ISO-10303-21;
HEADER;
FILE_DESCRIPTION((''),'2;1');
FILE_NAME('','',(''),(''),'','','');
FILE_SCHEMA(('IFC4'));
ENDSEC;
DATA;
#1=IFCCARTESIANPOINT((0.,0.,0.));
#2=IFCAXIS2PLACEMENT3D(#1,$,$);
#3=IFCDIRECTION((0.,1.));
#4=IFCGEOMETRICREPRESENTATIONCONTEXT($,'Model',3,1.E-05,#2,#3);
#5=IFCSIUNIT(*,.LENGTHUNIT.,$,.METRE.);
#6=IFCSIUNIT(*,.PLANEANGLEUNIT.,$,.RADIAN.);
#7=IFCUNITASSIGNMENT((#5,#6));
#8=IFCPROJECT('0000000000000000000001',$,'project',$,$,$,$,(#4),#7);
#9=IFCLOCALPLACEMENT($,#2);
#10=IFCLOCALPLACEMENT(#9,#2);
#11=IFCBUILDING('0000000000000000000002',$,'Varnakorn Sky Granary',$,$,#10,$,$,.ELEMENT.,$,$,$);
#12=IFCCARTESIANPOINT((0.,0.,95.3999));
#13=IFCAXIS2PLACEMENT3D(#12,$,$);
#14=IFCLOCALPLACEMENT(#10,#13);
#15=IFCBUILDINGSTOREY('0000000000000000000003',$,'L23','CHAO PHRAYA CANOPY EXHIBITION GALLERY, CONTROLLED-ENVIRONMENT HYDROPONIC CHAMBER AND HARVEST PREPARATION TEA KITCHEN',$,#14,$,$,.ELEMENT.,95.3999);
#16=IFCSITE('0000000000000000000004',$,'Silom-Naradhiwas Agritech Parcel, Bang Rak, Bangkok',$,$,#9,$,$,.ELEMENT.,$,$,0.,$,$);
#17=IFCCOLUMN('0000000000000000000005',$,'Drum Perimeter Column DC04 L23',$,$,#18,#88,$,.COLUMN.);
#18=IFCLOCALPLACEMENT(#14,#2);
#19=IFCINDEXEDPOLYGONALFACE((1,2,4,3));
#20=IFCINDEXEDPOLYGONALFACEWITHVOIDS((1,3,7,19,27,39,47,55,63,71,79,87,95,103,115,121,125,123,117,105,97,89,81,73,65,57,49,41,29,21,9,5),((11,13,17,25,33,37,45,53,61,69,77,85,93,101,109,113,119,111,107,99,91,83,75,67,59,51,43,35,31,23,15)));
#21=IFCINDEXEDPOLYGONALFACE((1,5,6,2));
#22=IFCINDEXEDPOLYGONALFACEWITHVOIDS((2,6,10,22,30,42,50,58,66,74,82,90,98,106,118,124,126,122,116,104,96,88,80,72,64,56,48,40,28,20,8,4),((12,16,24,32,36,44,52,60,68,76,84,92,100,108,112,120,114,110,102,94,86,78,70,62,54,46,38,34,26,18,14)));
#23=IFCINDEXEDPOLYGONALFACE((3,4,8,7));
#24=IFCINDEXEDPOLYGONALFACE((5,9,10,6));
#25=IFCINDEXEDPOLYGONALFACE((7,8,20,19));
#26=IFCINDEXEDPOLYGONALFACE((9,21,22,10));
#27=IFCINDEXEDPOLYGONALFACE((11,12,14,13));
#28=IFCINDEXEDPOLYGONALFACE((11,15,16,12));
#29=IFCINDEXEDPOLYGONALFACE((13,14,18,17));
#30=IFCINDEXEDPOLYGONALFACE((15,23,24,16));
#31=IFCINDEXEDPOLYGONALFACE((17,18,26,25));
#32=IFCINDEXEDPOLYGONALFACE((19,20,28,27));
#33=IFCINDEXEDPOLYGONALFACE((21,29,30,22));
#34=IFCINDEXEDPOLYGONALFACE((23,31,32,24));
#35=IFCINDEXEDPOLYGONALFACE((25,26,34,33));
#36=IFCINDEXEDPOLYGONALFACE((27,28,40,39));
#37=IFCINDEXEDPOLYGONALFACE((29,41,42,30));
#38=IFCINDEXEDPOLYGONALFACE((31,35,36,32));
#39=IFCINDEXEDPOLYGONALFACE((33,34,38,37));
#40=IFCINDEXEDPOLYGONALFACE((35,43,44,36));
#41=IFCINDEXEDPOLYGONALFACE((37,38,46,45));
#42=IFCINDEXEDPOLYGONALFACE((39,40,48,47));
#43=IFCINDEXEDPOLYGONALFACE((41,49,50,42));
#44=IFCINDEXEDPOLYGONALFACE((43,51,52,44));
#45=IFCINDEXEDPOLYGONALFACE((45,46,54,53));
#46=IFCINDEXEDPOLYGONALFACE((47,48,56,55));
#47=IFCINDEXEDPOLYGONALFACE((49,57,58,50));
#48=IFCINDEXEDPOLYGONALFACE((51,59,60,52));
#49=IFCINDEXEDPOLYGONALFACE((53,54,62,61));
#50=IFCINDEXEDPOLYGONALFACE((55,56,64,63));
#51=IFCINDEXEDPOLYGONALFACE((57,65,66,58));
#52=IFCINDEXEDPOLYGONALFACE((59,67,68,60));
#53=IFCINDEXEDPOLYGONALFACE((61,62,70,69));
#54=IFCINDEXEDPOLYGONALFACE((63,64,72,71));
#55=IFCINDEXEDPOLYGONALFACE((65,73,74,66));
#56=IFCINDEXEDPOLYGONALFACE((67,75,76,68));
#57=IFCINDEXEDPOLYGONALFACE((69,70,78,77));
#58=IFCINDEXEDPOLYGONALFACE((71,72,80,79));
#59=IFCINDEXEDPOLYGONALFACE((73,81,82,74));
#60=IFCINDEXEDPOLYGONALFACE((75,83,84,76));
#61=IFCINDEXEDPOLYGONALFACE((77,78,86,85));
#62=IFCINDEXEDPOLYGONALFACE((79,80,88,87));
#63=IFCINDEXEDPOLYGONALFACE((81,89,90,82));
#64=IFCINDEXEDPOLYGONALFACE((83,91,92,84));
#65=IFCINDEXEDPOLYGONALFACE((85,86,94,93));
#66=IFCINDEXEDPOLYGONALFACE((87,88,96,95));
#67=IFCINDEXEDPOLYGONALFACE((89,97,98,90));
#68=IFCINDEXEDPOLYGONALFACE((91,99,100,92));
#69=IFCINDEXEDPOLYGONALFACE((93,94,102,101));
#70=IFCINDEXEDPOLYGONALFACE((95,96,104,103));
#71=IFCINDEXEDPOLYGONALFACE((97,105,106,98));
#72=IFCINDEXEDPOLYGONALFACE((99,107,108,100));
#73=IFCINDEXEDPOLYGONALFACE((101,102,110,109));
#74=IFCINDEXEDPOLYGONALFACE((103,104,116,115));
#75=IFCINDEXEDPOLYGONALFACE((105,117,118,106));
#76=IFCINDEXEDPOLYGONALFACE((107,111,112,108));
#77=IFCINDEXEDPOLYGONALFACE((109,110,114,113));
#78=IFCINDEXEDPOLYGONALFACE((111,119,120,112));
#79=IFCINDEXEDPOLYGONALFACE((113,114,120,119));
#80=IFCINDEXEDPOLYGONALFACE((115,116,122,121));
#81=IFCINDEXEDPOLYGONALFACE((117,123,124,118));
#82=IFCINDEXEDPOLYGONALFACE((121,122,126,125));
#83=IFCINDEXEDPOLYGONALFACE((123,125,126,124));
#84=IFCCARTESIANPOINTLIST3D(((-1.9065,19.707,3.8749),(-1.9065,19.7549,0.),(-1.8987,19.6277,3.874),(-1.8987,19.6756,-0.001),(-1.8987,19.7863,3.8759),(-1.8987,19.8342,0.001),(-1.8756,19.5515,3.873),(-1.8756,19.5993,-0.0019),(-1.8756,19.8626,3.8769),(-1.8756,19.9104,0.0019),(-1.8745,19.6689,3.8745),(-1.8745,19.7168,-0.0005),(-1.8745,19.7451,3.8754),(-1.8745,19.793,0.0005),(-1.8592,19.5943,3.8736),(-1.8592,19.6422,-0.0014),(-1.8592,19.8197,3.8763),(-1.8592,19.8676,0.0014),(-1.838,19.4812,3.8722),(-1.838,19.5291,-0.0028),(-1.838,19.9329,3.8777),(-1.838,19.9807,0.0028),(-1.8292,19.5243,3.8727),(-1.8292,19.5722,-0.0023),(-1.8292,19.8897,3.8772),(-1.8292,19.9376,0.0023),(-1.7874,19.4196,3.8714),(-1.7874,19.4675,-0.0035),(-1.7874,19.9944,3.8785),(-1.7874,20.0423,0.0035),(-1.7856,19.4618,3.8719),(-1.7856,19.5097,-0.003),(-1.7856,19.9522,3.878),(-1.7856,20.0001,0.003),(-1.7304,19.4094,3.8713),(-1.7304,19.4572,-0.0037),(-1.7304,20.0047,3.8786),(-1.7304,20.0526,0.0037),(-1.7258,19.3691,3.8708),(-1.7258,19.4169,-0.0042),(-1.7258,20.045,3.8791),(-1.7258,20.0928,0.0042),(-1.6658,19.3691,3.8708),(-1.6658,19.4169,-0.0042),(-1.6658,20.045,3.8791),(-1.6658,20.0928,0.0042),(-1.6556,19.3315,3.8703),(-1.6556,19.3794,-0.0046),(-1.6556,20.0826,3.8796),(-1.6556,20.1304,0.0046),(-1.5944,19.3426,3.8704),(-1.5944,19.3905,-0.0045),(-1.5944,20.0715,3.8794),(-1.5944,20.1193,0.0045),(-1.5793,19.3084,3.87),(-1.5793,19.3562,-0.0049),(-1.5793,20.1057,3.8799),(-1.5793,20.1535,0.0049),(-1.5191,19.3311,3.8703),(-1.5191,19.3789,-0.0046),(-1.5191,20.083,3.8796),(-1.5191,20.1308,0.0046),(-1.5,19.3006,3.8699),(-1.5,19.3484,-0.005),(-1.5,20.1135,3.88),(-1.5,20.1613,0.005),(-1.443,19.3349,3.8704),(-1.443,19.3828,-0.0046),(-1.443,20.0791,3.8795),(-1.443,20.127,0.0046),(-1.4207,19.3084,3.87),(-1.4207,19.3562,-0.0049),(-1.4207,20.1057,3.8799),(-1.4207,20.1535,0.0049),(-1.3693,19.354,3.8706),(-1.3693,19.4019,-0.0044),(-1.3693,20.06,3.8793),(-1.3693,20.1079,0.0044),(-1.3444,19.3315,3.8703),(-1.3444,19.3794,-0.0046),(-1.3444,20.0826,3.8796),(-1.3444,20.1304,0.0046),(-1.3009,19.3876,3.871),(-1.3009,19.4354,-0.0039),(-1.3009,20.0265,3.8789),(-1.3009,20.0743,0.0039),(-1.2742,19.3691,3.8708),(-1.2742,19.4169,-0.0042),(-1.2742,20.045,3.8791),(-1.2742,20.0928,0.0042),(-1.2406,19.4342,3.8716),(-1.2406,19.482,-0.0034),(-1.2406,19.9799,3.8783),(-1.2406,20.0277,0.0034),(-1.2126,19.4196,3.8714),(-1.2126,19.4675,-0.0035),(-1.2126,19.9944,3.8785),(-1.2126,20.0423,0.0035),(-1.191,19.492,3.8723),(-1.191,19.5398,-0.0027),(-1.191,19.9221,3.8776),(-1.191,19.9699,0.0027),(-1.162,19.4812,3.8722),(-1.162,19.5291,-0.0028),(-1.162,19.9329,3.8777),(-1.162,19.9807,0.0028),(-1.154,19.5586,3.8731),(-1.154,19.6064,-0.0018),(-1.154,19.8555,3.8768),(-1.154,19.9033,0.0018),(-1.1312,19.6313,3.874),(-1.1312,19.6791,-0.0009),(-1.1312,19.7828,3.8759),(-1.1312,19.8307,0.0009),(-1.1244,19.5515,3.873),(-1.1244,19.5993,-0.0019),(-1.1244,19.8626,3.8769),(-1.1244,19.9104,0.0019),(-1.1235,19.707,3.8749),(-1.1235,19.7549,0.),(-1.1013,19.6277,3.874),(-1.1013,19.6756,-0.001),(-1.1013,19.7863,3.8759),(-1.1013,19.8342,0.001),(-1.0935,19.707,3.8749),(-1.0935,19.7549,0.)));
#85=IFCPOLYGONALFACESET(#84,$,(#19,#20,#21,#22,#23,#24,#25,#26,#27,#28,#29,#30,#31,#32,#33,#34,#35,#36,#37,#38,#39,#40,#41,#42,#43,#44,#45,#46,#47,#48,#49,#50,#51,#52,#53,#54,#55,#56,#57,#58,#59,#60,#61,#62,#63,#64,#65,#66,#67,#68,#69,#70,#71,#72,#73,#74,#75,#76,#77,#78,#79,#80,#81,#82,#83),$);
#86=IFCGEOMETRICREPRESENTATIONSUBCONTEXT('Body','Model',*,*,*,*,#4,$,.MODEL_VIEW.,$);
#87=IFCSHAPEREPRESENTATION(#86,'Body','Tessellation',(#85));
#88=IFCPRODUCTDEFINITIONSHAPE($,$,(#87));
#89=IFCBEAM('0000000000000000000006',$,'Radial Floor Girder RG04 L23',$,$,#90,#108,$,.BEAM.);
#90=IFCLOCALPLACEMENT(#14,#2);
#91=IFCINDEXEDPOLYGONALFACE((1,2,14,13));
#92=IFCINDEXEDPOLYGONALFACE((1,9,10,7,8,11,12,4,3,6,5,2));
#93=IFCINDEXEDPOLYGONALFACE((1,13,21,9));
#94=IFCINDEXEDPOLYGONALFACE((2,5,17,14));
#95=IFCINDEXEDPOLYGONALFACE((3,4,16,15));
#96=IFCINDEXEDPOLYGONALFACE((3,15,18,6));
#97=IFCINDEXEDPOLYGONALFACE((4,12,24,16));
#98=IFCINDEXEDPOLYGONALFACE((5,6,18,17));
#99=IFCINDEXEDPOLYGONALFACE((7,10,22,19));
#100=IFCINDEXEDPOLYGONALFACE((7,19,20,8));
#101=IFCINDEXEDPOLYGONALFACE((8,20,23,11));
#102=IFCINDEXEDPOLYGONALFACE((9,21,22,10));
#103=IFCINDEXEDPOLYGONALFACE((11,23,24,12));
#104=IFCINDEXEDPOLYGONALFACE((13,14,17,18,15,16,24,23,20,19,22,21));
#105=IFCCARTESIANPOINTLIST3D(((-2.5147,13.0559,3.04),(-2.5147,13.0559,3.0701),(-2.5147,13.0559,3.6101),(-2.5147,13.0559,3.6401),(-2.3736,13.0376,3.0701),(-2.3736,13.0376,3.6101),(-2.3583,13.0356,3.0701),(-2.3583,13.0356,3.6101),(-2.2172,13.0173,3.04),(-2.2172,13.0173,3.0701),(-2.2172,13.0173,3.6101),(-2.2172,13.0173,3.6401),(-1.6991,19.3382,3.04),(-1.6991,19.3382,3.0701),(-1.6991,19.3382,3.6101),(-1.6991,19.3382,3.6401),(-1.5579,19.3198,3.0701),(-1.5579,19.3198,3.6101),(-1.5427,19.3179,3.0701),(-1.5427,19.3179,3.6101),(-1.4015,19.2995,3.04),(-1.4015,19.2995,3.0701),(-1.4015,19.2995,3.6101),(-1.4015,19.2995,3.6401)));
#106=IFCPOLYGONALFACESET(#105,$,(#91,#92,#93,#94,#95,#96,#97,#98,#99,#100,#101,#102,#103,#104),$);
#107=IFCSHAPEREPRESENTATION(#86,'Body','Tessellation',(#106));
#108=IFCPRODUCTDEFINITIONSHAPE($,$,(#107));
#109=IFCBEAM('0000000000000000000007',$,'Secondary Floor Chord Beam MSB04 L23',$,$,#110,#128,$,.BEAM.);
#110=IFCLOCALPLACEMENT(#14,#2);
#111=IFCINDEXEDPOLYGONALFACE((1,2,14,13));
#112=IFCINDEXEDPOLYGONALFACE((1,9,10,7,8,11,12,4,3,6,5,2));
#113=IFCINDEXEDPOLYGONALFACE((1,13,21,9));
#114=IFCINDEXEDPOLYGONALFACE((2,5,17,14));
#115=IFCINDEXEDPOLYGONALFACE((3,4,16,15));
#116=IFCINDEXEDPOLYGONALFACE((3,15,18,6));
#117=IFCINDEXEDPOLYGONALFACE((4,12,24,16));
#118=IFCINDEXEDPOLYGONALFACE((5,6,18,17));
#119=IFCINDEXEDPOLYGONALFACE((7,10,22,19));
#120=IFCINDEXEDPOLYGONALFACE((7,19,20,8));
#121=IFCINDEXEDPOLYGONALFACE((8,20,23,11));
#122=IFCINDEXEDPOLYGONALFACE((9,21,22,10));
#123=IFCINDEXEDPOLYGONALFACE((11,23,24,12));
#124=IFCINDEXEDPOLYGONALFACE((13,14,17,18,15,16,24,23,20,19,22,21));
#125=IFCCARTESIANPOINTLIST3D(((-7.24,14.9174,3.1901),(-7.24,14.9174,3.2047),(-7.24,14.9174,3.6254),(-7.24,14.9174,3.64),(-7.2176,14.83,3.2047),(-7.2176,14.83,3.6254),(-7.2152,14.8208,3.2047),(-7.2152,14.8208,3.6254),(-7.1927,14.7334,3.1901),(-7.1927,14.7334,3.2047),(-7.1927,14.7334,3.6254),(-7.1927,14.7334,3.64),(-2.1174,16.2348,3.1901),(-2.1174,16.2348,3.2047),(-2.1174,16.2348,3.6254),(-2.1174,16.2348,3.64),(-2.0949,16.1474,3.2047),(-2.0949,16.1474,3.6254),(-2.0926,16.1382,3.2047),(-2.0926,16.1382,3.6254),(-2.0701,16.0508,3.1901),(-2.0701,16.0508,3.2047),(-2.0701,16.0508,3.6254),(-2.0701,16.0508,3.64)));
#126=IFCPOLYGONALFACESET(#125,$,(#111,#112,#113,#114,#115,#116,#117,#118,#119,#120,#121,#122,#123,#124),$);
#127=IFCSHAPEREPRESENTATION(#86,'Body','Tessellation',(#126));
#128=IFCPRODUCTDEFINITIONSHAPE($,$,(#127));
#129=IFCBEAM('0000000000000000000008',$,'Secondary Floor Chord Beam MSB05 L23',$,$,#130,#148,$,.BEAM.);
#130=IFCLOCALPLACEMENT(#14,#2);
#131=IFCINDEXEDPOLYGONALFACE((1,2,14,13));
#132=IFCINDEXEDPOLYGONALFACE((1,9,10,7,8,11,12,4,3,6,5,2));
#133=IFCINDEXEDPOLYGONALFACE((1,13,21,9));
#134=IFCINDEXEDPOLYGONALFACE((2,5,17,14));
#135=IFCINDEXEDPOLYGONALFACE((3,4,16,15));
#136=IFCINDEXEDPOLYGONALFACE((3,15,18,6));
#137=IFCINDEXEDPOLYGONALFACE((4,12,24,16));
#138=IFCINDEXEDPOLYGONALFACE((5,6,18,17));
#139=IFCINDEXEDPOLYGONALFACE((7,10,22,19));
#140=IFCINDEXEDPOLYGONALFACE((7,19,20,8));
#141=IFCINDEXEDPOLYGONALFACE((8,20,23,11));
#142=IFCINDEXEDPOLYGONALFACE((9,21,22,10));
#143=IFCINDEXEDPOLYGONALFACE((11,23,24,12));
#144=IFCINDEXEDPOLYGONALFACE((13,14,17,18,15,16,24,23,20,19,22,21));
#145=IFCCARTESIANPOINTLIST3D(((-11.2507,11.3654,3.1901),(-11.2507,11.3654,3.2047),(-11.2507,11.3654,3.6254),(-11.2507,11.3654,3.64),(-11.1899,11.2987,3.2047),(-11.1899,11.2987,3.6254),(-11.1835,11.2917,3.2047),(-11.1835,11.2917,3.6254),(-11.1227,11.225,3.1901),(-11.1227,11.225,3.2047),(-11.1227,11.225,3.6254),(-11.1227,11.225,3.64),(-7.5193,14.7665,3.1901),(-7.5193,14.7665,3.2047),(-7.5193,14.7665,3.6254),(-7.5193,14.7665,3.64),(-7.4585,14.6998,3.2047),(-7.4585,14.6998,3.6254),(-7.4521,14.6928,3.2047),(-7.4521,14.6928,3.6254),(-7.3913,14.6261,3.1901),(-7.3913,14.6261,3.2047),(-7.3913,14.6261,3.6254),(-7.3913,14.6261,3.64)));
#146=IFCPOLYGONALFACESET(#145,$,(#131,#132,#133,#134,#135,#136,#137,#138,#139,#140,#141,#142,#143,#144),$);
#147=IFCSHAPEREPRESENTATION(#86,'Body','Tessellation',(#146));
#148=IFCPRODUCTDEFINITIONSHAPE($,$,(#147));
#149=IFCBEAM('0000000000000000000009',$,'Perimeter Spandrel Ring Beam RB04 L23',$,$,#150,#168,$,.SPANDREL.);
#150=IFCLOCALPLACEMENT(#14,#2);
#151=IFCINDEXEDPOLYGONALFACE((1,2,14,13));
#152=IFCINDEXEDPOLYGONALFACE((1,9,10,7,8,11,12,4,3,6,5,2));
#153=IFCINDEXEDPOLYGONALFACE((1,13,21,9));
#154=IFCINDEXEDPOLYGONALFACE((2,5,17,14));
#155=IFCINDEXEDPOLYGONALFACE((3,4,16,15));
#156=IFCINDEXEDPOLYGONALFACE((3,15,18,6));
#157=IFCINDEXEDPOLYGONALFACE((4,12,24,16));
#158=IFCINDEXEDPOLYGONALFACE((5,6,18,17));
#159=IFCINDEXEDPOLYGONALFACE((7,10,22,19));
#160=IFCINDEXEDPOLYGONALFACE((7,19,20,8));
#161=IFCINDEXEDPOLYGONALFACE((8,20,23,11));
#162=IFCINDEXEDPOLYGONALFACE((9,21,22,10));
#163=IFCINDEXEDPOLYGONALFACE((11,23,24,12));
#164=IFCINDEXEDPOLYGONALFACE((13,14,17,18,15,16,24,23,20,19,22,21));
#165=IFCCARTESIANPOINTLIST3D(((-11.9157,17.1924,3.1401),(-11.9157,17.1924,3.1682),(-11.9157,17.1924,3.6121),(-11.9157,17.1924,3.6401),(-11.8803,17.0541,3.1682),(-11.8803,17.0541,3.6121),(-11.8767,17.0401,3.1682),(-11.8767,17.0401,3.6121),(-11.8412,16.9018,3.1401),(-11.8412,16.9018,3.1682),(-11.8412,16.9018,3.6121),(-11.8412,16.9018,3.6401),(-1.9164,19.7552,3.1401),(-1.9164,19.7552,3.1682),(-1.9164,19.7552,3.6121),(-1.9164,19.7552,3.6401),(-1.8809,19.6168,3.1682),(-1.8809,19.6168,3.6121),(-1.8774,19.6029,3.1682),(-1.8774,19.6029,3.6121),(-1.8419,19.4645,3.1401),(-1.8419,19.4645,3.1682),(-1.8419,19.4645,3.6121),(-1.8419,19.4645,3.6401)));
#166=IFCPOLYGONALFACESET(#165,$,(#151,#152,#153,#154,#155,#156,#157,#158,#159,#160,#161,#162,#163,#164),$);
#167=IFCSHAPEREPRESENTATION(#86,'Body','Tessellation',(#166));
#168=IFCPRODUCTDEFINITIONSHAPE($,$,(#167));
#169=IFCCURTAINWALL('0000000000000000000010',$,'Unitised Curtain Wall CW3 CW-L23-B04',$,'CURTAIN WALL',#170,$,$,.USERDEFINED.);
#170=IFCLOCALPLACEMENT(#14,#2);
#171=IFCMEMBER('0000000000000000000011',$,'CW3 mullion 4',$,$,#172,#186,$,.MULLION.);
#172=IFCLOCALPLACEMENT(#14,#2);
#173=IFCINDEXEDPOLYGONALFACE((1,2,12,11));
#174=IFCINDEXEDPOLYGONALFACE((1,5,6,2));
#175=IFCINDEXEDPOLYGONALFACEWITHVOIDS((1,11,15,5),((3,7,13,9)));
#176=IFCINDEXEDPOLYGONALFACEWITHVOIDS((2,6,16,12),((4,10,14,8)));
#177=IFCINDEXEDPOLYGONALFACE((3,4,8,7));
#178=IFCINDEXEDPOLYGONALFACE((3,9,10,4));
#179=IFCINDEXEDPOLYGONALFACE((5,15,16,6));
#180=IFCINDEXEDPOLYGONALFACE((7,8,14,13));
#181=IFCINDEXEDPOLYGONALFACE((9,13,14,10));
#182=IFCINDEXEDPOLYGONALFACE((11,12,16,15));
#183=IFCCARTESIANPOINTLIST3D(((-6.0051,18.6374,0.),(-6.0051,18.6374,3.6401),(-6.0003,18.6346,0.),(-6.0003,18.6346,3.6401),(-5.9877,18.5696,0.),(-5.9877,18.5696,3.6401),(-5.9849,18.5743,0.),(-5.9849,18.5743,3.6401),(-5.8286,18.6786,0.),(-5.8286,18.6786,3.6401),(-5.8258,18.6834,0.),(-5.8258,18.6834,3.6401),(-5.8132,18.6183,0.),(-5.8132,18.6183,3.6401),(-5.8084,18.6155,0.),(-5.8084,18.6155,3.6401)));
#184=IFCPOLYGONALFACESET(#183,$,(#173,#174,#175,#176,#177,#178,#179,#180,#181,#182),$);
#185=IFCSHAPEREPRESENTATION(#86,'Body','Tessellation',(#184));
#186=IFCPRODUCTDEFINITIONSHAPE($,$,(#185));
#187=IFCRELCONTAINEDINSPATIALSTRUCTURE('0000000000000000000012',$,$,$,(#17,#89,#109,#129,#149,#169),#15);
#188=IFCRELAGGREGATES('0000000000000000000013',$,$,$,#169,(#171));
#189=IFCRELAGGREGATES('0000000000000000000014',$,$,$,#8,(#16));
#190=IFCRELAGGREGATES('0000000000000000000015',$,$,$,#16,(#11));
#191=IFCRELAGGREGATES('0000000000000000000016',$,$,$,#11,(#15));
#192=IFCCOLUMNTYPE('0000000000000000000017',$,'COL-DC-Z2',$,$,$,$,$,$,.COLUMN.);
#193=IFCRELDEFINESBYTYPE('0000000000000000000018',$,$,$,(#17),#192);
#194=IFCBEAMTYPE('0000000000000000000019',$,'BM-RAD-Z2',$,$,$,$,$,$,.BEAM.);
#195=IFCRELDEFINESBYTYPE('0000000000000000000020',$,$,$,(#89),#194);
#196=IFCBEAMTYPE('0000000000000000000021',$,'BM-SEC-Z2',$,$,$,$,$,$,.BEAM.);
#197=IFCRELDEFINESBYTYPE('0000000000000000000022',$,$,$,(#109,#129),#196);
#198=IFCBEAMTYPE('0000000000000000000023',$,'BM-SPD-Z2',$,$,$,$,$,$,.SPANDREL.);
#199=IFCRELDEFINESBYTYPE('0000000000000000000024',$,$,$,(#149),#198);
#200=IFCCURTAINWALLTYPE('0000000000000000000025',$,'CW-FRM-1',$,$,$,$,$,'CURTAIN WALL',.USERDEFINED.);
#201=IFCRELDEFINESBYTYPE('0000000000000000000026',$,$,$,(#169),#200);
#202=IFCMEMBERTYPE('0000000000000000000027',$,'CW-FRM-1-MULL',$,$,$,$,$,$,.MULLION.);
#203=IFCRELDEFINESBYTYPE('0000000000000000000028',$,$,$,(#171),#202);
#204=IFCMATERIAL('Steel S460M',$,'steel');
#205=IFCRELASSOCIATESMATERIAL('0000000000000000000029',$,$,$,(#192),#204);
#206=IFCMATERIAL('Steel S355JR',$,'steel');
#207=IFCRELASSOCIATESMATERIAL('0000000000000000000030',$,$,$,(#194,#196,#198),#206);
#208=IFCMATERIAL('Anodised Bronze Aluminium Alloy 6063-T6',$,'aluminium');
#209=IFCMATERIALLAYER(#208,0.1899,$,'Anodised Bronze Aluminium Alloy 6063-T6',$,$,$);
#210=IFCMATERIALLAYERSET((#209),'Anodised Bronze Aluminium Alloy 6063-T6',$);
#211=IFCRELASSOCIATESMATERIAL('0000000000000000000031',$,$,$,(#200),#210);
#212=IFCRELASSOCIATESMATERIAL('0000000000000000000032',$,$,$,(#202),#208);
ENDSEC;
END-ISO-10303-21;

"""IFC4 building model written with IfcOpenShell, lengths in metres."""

from ifc_helpers import new_model, si_unit, direction, frame, origin, origin_2d, place, context, subcontext, project, spatial, hollow_rectangle, hollow_circle, i_section, extrude, material, layer, layer_set, material_profile, profile_set, type_object, element, aggregate, save


model = new_model("IFC4")

# Units and contexts
model_context = context("Model", 3, precision=1e-05, world=origin(), true_north=direction((0.0, 1.0)))
body_context = subcontext(model_context, "Body", "Model", "MODEL_VIEW")
ifc_project = project(units=[si_unit("LENGTHUNIT", "METRE"), si_unit("PLANEANGLEUNIT", "RADIAN")], contexts=[model_context])

# Site, building, storey
site_placement = place(None, origin())
site = spatial("IfcSite", under=ifc_project, at=site_placement, Name="Silom-Naradhiwas Agritech Parcel, Bang Rak, Bangkok", CompositionType="ELEMENT", RefElevation=0.0)
building_placement = place(site_placement, origin())
building = spatial("IfcBuilding", under=site, at=building_placement, Name="Varnakorn Sky Granary", CompositionType="ELEMENT")
storey_placement = place(building_placement, frame((0.0, 0.0, 95.3999)))
storey = spatial("IfcBuildingStorey", under=building, at=storey_placement, Name="L23", Description="CHAO PHRAYA CANOPY EXHIBITION GALLERY, CONTROLLED-ENVIRONMENT HYDROPONIC CHAMBER AND HARVEST PREPARATION TEA KITCHEN", CompositionType="ELEMENT", Elevation=95.3999)

# Column
ifc_material_1 = material(Name="Steel S460M", Category="steel")
ifc_material_profile_1 = material_profile(ifc_material_1, hollow_circle(Radius=0.4065, WallThickness=0.03, at=origin_2d()), Name="CHS 813x30")
ifc_profile_set_1 = profile_set([ifc_material_profile_1], Name="Steel S460M")
column_type = type_object("IfcColumnType", Name="COL-DC-Z2", PredefinedType="COLUMN", material=ifc_profile_set_1)
column_placement = place(storey_placement, frame((-1.5, 19.7549, 0.0), z_axis=(0.0, -0.012348, 0.999924), x_axis=(1.0, 0.0, 0.0)))
element("IfcColumn", 1, at=column_placement, inside=storey, type_object=column_type, Name="Drum Perimeter Column DC04 L23", PredefinedType="COLUMN", context=body_context, shape_type="SweptSolid", body=[
    extrude(hollow_circle(Radius=0.4065, WallThickness=0.03, at=origin_2d()), origin(), (0.0, 0.0, 1.0), 3.8752),
])

# Beams
ifc_material_2 = material(Name="Steel S355JR", Category="steel")
ifc_material_profile_2 = material_profile(ifc_material_2, i_section(OverallWidth=0.3, OverallDepth=0.6001, WebThickness=0.0154, FlangeThickness=0.03, at=origin_2d()), Name="HE 600 B")
ifc_profile_set_2 = profile_set([ifc_material_profile_2], Name="Steel S355JR")
beam_type_1 = type_object("IfcBeamType", Name="BM-RAD-Z2", PredefinedType="BEAM", material=ifc_profile_set_2)
beam_1_placement = place(storey_placement, frame((-2.366, 13.0366, 3.3401), z_axis=(0.128758, 0.991676, 0.0), x_axis=(-0.991676, 0.128758, 0.0)))
element("IfcBeam", 2, at=beam_1_placement, inside=storey, type_object=beam_type_1, Name="Radial Floor Girder RG04 L23", PredefinedType="BEAM", context=body_context, shape_type="SweptSolid", body=[
    extrude(i_section(OverallWidth=0.3, OverallDepth=0.6001, WebThickness=0.0154, FlangeThickness=0.03, at=origin_2d()), origin(), (0.0, 0.0, 1.0), 6.335),
])
ifc_material_profile_3 = material_profile(ifc_material_2, i_section(OverallWidth=0.1899, OverallDepth=0.45, WebThickness=0.0095, FlangeThickness=0.0146, at=origin_2d()), Name="IPE 450")
ifc_profile_set_3 = profile_set([ifc_material_profile_3], Name="Steel S355JR")
beam_type_2 = type_object("IfcBeamType", Name="BM-SEC-Z2", PredefinedType="BEAM", material=ifc_profile_set_3)
beam_2_placement = place(storey_placement, frame((-2.0938, 16.1428, 3.415), z_axis=(-0.968486, -0.249068, 0.0), x_axis=(0.249068, -0.968486, 0.0)))
element("IfcBeam", 3, at=beam_2_placement, inside=storey, type_object=beam_type_2, Name="Secondary Floor Chord Beam MSB04 L23", PredefinedType="BEAM", context=body_context, shape_type="SweptSolid", body=[
    extrude(i_section(OverallWidth=0.1899, OverallDepth=0.45, WebThickness=0.0095, FlangeThickness=0.0146, at=origin_2d()), origin(), (0.0, 0.0, 1.0), 5.2893),
])
beam_3_placement = place(storey_placement, frame((-7.4553, 14.6963, 3.415), z_axis=(-0.739062, -0.673637, 0.0), x_axis=(0.673637, -0.739062, 0.0)))
element("IfcBeam", 4, at=beam_3_placement, inside=storey, type_object=beam_type_2, Name="Secondary Floor Chord Beam MSB05 L23", PredefinedType="BEAM", context=body_context, shape_type="SweptSolid", body=[
    extrude(i_section(OverallWidth=0.1899, OverallDepth=0.45, WebThickness=0.0095, FlangeThickness=0.0146, at=origin_2d()), origin(), (0.0, 0.0, 1.0), 5.0488),
])
ifc_material_profile_4 = material_profile(ifc_material_2, i_section(OverallWidth=0.3, OverallDepth=0.5, WebThickness=0.0144, FlangeThickness=0.0281, at=origin_2d()), Name="HE 500 B")
ifc_profile_set_4 = profile_set([ifc_material_profile_4], Name="Steel S355JR")
beam_type_3 = type_object("IfcBeamType", Name="BM-SPD-Z2", PredefinedType="SPANDREL", material=ifc_profile_set_4)
beam_4_placement = place(storey_placement, frame((-1.8792, 19.6099, 3.3901), z_axis=(-0.968691, -0.248269, 0.0), x_axis=(0.248269, -0.968691, 0.0)))
element("IfcBeam", 5, at=beam_4_placement, inside=storey, type_object=beam_type_3, Name="Perimeter Spandrel Ring Beam RB04 L23", PredefinedType="SPANDREL", context=body_context, shape_type="SweptSolid", body=[
    extrude(i_section(OverallWidth=0.3, OverallDepth=0.5, WebThickness=0.0144, FlangeThickness=0.0281, at=origin_2d()), origin(), (0.0, 0.0, 1.0), 10.3225),
])

# Curtain wall, member
ifc_material_3 = material(Name="Anodised Bronze Aluminium Alloy 6063-T6", Category="aluminium")
ifc_layer_1 = layer(ifc_material_3, 0.1899, Name="Anodised Bronze Aluminium Alloy 6063-T6")
ifc_layer_set_1 = layer_set([ifc_layer_1], Name="Anodised Bronze Aluminium Alloy 6063-T6")
curtain_wall_type = type_object("IfcCurtainWallType", Name="CW-FRM-1", ElementType="CURTAIN WALL", PredefinedType="USERDEFINED", material=ifc_layer_set_1)
curtain_wall_placement = place(storey_placement, origin())
curtain_wall = element("IfcCurtainWall", 6, at=curtain_wall_placement, inside=storey, type_object=curtain_wall_type, Name="Unitised Curtain Wall CW3 CW-L23-B04", ObjectType="CURTAIN WALL", PredefinedType="USERDEFINED")
ifc_material_profile_5 = material_profile(ifc_material_3, hollow_rectangle(XDim=0.0701, YDim=0.1851, WallThickness=0.0039, at=origin_2d()), Name="ALU MULL 70x185")
ifc_profile_set_5 = profile_set([ifc_material_profile_5], Name="Anodised Bronze Aluminium Alloy 6063-T6")
member_type_1 = type_object("IfcMemberType", Name="CW-FRM-1-MULL", PredefinedType="MULLION", material=ifc_profile_set_5)
member_1_placement = place(storey_placement, frame((-5.9067, 18.6265, 0.0), z_axis=(0.0, 0.0, 1.0), x_axis=(-0.248101, 0.968734, 0.0)))
member_1 = element("IfcMember", 7, at=member_1_placement, type_object=member_type_1, Name="CW3 mullion 4", PredefinedType="MULLION", context=body_context, shape_type="SweptSolid", body=[
    extrude(hollow_rectangle(XDim=0.0701, YDim=0.1851, WallThickness=0.0039, at=origin_2d()), origin(), (0.0, 0.0, 1.0), 3.6401),
])

aggregate(curtain_wall, [member_1])

save(model, "model.ifc")
